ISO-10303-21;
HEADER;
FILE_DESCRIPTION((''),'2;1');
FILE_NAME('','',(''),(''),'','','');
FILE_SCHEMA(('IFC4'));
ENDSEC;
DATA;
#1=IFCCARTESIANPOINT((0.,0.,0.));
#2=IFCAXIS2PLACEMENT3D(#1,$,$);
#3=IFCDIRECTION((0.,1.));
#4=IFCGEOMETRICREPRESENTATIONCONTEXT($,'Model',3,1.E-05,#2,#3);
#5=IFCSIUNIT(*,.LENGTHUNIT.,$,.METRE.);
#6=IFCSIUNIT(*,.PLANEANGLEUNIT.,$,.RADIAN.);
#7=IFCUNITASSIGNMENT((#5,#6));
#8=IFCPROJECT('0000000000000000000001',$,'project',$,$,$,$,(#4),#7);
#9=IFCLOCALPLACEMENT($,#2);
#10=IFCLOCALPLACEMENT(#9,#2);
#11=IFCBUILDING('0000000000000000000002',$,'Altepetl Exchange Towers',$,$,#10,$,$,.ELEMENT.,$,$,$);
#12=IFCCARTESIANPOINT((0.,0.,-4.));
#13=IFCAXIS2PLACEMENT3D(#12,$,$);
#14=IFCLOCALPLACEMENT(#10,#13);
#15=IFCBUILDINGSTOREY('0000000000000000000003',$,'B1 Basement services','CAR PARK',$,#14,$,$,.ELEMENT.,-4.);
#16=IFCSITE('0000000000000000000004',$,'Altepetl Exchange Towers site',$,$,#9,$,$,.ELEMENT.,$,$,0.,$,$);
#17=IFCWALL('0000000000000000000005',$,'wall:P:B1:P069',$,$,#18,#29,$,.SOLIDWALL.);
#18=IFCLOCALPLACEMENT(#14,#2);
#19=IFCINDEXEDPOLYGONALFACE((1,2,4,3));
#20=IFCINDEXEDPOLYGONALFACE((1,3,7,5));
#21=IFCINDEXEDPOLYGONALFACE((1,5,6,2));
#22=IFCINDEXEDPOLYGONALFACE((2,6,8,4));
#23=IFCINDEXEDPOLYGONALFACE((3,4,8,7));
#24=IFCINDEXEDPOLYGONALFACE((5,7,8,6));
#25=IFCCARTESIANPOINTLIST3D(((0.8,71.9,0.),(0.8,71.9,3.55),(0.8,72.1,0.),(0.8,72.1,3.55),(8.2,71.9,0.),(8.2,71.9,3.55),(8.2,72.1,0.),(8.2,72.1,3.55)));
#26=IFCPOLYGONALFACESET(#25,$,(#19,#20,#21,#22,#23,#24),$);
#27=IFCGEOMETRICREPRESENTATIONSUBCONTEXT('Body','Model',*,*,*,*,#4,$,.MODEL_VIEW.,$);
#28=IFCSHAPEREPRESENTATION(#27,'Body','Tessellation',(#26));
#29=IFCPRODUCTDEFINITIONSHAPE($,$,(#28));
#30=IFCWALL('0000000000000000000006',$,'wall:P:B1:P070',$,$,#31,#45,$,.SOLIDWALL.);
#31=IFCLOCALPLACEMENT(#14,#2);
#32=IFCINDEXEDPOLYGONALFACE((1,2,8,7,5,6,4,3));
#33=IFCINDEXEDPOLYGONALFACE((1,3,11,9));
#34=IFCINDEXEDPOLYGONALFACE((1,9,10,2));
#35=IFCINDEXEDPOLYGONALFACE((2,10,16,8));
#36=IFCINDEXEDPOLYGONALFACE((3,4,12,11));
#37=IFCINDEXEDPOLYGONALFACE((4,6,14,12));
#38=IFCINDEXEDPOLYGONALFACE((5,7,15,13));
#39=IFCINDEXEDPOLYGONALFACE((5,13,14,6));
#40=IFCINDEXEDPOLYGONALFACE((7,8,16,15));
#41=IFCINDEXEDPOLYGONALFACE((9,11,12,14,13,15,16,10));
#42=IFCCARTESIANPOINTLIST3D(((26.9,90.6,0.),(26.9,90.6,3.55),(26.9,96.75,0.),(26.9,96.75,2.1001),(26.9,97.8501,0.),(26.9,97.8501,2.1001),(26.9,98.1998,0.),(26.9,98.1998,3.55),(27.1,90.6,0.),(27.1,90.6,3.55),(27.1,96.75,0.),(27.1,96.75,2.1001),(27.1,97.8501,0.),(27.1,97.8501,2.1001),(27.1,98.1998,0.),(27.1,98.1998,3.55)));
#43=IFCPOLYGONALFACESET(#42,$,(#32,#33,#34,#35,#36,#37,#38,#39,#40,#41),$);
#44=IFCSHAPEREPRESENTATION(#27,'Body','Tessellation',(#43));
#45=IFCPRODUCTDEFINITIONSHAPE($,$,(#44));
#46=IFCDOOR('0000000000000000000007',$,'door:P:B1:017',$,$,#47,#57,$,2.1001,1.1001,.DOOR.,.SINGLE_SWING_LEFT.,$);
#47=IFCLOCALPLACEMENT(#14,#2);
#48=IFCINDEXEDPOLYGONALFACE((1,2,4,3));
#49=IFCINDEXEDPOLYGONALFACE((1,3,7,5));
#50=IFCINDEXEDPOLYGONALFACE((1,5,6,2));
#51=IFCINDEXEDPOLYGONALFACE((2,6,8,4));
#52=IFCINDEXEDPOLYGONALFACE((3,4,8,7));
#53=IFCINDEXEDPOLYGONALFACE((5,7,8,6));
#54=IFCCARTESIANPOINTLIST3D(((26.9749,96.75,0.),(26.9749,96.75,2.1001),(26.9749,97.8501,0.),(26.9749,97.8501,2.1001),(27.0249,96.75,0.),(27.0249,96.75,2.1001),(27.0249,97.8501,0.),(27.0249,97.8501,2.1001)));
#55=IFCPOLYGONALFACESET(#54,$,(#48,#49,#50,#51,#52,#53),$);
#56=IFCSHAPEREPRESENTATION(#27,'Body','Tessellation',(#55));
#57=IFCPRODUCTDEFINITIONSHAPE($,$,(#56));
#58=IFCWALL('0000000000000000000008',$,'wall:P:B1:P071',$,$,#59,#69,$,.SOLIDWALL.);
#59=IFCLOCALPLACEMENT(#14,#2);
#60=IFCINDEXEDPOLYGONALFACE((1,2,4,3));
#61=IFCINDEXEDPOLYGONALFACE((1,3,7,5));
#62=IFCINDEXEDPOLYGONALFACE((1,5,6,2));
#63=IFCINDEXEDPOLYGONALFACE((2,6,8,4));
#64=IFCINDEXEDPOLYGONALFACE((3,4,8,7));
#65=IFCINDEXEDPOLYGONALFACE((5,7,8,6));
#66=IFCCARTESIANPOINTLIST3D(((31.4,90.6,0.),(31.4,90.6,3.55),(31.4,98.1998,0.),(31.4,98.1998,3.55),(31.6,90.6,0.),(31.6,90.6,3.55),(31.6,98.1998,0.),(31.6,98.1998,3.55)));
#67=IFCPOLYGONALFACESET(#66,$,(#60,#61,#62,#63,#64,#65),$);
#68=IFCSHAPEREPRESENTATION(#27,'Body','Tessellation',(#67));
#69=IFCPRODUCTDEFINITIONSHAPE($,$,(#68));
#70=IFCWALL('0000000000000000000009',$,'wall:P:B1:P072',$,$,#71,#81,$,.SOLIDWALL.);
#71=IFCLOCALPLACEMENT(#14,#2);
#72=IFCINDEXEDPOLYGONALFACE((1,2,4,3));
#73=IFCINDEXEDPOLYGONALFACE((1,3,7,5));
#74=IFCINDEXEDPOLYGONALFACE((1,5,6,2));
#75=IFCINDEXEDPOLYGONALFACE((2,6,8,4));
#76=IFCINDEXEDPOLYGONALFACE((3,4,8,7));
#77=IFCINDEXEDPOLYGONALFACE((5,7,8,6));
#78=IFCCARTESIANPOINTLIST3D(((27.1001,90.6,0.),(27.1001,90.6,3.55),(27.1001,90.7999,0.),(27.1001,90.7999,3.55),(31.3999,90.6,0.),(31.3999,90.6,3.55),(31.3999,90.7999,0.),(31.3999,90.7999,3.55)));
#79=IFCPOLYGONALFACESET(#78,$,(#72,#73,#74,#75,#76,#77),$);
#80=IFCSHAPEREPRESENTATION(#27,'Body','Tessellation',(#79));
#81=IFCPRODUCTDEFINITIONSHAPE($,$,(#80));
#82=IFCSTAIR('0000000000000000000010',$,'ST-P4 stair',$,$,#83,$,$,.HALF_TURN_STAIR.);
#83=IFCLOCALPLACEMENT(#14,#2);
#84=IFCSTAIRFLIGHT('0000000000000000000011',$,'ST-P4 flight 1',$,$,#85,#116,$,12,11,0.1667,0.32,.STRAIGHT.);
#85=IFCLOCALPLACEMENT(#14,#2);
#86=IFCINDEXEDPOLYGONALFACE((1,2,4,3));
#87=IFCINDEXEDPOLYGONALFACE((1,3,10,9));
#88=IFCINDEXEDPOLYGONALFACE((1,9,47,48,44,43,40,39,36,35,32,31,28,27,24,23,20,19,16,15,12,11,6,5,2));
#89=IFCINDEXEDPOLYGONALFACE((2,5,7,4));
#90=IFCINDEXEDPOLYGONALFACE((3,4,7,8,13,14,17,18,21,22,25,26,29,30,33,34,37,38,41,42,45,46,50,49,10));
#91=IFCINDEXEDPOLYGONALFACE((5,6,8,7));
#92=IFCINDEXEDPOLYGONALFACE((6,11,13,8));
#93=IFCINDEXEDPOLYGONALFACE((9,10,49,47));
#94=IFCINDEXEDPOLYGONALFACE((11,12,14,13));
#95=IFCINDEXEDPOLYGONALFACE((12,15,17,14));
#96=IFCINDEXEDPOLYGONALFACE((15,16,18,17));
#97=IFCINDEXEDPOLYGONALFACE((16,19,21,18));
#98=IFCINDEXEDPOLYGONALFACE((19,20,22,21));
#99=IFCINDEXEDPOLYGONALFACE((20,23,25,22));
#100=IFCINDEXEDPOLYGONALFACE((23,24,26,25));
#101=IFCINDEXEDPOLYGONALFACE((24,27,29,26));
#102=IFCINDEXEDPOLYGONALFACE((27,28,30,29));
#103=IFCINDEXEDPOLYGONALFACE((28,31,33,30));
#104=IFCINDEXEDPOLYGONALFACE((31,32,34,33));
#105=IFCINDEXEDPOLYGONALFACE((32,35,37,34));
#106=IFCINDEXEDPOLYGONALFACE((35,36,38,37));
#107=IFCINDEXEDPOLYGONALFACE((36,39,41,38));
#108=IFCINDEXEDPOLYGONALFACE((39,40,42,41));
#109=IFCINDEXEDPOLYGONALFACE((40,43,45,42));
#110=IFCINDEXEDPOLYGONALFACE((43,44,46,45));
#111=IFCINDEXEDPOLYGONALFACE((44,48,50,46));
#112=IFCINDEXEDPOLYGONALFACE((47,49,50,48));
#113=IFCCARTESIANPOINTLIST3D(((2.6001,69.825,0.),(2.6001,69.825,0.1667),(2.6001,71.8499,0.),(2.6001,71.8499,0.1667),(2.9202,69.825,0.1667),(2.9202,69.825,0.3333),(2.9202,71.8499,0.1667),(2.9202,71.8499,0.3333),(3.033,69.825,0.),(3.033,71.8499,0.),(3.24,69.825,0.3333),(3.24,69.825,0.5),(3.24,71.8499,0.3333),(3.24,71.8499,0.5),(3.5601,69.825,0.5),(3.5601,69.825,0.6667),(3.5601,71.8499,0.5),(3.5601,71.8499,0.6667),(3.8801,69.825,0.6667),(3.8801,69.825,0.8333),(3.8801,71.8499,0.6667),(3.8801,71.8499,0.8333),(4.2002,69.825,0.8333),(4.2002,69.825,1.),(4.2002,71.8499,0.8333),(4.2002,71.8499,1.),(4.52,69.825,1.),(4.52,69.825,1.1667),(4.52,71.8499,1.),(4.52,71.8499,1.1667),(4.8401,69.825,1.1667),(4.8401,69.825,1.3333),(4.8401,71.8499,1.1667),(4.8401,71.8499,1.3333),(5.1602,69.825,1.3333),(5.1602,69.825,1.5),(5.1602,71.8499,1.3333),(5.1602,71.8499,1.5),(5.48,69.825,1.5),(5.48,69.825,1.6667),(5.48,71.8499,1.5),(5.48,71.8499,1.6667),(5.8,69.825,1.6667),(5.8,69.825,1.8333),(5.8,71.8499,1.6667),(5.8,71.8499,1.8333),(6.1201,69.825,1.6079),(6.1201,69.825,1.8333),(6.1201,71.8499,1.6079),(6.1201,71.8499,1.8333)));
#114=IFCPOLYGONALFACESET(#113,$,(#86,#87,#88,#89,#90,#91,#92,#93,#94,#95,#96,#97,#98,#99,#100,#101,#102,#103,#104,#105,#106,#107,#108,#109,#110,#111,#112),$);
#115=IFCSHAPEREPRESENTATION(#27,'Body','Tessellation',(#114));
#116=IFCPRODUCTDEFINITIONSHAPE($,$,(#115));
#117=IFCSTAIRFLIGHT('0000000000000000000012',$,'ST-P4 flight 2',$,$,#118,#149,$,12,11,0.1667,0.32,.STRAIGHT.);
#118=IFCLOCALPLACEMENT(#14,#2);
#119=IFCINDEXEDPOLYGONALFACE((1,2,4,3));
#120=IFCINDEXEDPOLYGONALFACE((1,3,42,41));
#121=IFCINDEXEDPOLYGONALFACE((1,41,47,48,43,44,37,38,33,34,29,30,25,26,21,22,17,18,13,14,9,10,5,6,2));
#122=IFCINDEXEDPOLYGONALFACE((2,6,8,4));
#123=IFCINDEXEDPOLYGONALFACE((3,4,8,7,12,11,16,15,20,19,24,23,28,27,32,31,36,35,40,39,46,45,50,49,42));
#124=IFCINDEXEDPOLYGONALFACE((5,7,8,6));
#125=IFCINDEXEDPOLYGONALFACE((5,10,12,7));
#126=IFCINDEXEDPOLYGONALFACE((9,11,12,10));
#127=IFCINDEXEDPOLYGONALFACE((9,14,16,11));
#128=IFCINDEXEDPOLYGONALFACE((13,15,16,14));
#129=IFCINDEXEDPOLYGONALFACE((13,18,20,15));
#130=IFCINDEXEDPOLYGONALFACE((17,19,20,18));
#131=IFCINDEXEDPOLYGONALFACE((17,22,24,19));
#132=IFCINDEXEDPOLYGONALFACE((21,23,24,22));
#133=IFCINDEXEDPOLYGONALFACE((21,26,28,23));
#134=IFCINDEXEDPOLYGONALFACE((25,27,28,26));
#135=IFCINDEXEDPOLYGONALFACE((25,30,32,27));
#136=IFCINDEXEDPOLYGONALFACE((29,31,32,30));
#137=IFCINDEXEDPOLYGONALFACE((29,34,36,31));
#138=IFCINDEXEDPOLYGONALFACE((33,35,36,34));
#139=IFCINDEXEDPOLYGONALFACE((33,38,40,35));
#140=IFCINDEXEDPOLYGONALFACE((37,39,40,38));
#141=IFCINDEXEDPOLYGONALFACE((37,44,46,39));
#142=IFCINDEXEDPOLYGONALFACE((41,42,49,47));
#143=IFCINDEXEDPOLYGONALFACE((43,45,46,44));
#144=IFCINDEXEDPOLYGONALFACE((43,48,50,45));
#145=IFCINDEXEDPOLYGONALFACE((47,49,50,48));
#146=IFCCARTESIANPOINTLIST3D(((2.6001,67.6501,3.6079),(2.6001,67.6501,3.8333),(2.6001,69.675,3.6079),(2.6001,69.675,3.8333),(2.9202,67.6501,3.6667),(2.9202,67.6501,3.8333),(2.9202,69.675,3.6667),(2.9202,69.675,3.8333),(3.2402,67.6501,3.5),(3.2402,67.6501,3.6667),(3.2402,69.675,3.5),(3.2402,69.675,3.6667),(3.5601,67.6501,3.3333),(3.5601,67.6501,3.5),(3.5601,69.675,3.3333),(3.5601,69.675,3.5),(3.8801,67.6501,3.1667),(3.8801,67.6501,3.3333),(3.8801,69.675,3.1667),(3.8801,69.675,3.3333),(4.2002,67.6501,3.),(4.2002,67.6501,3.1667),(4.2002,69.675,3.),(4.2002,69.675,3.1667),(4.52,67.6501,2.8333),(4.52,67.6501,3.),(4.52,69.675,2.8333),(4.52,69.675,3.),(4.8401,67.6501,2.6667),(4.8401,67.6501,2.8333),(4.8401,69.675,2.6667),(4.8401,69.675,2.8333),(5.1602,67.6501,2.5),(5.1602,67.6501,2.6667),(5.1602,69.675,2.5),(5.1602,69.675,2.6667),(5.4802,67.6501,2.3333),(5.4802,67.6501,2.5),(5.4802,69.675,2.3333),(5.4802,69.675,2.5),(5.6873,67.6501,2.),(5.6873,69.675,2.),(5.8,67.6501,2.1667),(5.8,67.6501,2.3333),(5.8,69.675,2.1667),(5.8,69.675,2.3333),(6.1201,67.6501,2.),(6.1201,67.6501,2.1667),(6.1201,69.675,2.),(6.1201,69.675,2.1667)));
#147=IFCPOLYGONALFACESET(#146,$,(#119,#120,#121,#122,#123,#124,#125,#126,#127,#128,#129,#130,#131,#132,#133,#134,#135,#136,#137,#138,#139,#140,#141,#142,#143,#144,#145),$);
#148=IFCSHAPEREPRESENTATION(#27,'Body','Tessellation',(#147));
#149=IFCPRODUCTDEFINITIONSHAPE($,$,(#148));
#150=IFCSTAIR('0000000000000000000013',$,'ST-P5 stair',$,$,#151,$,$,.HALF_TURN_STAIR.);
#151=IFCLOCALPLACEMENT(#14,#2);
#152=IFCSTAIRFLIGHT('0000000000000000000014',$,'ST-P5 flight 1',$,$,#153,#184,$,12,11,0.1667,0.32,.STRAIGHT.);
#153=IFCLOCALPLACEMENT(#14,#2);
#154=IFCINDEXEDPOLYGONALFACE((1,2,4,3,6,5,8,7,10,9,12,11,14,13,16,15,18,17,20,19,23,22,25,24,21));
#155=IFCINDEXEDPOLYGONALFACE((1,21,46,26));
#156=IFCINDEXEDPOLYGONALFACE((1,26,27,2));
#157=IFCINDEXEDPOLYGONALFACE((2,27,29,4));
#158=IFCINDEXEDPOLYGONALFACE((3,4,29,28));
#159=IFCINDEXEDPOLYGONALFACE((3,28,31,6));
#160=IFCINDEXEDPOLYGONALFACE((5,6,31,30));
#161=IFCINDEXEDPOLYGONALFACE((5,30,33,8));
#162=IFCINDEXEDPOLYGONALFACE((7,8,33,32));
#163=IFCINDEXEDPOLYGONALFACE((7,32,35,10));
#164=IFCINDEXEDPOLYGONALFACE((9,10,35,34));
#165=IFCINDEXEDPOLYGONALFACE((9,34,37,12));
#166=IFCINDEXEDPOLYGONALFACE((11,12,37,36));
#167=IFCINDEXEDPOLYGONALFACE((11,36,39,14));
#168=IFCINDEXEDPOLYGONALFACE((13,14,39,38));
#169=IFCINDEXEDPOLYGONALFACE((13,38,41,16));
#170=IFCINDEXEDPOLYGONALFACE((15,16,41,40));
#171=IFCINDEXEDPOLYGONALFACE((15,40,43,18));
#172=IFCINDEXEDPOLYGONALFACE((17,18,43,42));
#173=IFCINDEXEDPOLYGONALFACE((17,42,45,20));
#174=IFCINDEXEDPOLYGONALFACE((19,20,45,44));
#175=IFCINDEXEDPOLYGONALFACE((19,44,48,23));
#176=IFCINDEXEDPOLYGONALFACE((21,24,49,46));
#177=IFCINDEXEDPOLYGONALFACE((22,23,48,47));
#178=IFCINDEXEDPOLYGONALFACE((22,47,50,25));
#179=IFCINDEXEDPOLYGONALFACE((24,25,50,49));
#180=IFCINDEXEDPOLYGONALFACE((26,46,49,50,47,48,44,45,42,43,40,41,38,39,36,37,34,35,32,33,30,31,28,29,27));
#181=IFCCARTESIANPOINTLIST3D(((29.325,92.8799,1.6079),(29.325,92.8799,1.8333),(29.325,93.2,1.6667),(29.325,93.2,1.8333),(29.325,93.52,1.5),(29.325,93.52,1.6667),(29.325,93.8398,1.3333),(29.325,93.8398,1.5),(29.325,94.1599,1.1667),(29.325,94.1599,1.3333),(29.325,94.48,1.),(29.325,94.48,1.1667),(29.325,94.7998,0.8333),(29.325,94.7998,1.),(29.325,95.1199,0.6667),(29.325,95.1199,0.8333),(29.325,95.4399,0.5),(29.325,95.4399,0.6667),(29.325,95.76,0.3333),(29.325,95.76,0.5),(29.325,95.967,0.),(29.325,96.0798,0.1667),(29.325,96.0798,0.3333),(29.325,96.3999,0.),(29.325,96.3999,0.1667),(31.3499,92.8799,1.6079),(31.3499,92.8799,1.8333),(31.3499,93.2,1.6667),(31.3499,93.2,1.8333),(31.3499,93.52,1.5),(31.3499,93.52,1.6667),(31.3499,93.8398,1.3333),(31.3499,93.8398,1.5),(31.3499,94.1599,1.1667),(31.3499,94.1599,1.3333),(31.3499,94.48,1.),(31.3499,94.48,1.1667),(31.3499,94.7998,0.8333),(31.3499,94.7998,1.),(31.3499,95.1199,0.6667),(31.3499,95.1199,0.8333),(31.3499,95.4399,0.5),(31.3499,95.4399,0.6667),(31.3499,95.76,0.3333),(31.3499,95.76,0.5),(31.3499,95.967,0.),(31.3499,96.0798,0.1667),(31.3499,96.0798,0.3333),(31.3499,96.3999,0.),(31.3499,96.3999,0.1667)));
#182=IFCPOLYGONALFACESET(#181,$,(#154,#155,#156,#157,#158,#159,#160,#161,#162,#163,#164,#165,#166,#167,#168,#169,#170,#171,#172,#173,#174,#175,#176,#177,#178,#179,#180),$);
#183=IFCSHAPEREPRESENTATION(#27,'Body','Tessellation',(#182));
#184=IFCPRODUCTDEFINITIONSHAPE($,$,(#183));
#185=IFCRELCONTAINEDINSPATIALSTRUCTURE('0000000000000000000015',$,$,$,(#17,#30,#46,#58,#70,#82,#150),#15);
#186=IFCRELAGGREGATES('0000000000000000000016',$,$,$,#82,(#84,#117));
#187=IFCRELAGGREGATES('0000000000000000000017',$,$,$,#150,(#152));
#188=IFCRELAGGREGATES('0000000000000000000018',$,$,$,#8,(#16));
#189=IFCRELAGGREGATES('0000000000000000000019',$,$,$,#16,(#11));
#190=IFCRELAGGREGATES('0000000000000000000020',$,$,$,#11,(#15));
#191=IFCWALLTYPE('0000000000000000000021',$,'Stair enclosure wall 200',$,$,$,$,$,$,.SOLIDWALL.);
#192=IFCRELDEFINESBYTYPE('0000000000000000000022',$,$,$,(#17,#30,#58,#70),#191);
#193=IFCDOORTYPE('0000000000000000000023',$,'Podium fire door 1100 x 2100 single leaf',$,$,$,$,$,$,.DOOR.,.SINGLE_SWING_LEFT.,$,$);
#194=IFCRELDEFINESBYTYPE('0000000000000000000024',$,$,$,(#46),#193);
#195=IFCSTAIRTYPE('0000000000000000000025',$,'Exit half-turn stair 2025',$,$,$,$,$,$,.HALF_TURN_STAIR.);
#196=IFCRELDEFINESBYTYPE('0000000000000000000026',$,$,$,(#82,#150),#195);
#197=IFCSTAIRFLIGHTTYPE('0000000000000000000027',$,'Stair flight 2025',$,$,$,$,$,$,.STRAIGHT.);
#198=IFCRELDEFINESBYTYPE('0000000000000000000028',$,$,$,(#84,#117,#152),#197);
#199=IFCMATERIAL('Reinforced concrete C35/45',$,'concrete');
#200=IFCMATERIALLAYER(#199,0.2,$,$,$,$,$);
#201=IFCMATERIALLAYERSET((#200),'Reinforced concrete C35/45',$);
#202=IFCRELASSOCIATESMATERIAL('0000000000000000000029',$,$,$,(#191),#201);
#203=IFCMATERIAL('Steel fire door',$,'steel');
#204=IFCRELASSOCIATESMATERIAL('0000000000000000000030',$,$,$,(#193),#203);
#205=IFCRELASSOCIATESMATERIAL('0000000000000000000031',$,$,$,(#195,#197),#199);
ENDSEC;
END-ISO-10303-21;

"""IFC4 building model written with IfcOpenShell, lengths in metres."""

from ifc_helpers import new_model, si_unit, direction, frame, frame_2d, origin, place, context, subcontext, project, spatial, polyline, rectangle, outline, extrude, material, layer, layer_set, type_object, element, fill, aggregate, save


model = new_model("IFC4")

# Units and contexts
model_context = context("Model", 3, precision=1e-05, world=origin(), true_north=direction((0.0, 1.0)))
body_context = subcontext(model_context, "Body", "Model", "MODEL_VIEW")
ifc_project = project(units=[si_unit("LENGTHUNIT", "METRE"), si_unit("PLANEANGLEUNIT", "RADIAN")], contexts=[model_context])

# Site, building, storey
site_placement = place(None, origin())
site = spatial("IfcSite", under=ifc_project, at=site_placement, Name="Altepetl Exchange Towers site", CompositionType="ELEMENT", RefElevation=0.0)
building_placement = place(site_placement, origin())
building = spatial("IfcBuilding", under=site, at=building_placement, Name="Altepetl Exchange Towers", CompositionType="ELEMENT")
storey_placement = place(building_placement, frame((0.0, 0.0, -4.0)))
storey = spatial("IfcBuildingStorey", under=building, at=storey_placement, Name="B1 Basement services", Description="CAR PARK", CompositionType="ELEMENT", Elevation=-4.0)

# Shared definitions
ifc_material_1 = material(Name="Reinforced concrete C35/45", Category="concrete")

# Shared definitions
ifc_material_2 = material(Name="Steel fire door", Category="steel")

# Wall
ifc_layer_1 = layer(ifc_material_1, 0.2)
ifc_layer_set_1 = layer_set([ifc_layer_1], Name="Reinforced concrete C35/45")
wall_type_1 = type_object("IfcWallType", Name="Stair enclosure wall 200", PredefinedType="SOLIDWALL", material=ifc_layer_set_1)
wall_1_placement = place(storey_placement, frame((0.8, 72.0, 0.0)))
element("IfcWall", 1, at=wall_1_placement, inside=storey, type_object=wall_type_1, Name="wall:P:B1:P069", PredefinedType="SOLIDWALL", context=body_context, shape_type="SweptSolid", body=[
    extrude(rectangle(XDim=7.3999, YDim=0.2, at=frame_2d((3.7, 0.0))), origin(), (0.0, 0.0, 1.0), 3.55),
])

# Wall, opening, door
wall_2_placement = place(storey_placement, frame((27.0, 90.6001, 0.0), z_axis=(0.0, 0.0, 1.0), x_axis=(0.0, 1.0, 0.0)))
wall_2 = element("IfcWall", 2, at=wall_2_placement, inside=storey, type_object=wall_type_1, Name="wall:P:B1:P070", PredefinedType="SOLIDWALL", context=body_context, shape_type="SweptSolid", body=[
    extrude(rectangle(XDim=7.5999, YDim=0.2, at=frame_2d((3.7998, 0.0))), origin(), (0.0, 0.0, 1.0), 3.55),
])
opening_1_placement = place(wall_2_placement, frame((6.1499, 0.0, 0.0)))
opening_1 = element("IfcOpeningElement", 3, at=opening_1_placement, cuts=wall_2, PredefinedType="OPENING", context=body_context, shape_type="SweptSolid", body=[
    extrude(rectangle(XDim=1.1001, YDim=2.1001, at=frame_2d((0.55, 1.05))), frame((0.0, 0.1099, 0.0), z_axis=(0.0, -1.0, 0.0), x_axis=(1.0, 0.0, 0.0)), (0.0, 0.0, 1.0), 0.22),
])
door_type_1 = type_object("IfcDoorType", Name="Podium fire door 1100 x 2100 single leaf", OperationType="SINGLE_SWING_LEFT", PredefinedType="DOOR", material=ifc_material_2)
door_1_placement = place(opening_1_placement, frame((1.1001, 0.0, 0.0), x_axis=(-1.0, 0.0, 0.0)))
door_1 = element("IfcDoor", 4, at=door_1_placement, inside=storey, type_object=door_type_1, Name="door:P:B1:017", OperationType="SINGLE_SWING_LEFT", OverallHeight=2.1001, OverallWidth=1.1001, PredefinedType="DOOR", context=body_context, shape_type="SweptSolid", body=[
    extrude(rectangle(XDim=1.1001, YDim=2.1001, at=frame_2d((0.55, 1.05))), frame((0.0, 0.0249, 0.0), z_axis=(0.0, -1.0, 0.0), x_axis=(1.0, 0.0, 0.0)), (0.0, 0.0, 1.0), 0.05),
])
fill(opening_1, door_1)

# Walls
wall_3_placement = place(storey_placement, frame((31.5, 90.6001, 0.0), z_axis=(0.0, 0.0, 1.0), x_axis=(0.0, 1.0, 0.0)))
element("IfcWall", 5, at=wall_3_placement, inside=storey, type_object=wall_type_1, Name="wall:P:B1:P071", PredefinedType="SOLIDWALL", context=body_context, shape_type="SweptSolid", body=[
    extrude(rectangle(XDim=7.5999, YDim=0.2, at=frame_2d((3.7998, 0.0))), origin(), (0.0, 0.0, 1.0), 3.55),
])
wall_4_placement = place(storey_placement, frame((27.1001, 90.7, 0.0)))
element("IfcWall", 6, at=wall_4_placement, inside=storey, type_object=wall_type_1, Name="wall:P:B1:P072", PredefinedType="SOLIDWALL", context=body_context, shape_type="SweptSolid", body=[
    extrude(rectangle(XDim=4.2998, YDim=0.2, at=frame_2d((2.1499, 0.0))), origin(), (0.0, 0.0, 1.0), 3.55),
])

# Stairs, stair flights
stair_type = type_object("IfcStairType", Name="Exit half-turn stair 2025", PredefinedType="HALF_TURN_STAIR", material=ifc_material_1)
stair_1_placement = place(storey_placement, origin())
stair_1 = element("IfcStair", 7, at=stair_1_placement, inside=storey, type_object=stair_type, Name="ST-P4 stair", PredefinedType="HALF_TURN_STAIR")
stair_flight_type = type_object("IfcStairFlightType", Name="Stair flight 2025", PredefinedType="STRAIGHT", material=ifc_material_1)
stair_flight_1_placement = place(storey_placement, frame((2.6001, 70.8374, 0.0)))
stair_flight_1 = element("IfcStairFlight", 8, at=stair_flight_1_placement, type_object=stair_flight_type, Name="ST-P4 flight 1", NumberOfRisers=12, NumberOfTreads=11, PredefinedType="STRAIGHT", RiserHeight=0.1667, TreadLength=0.32, context=body_context, shape_type="SweptSolid", body=[
    extrude(outline(polyline([(0.0, 0.0), (0.0, 0.1667), (0.3201, 0.1667), (0.3201, 0.3333), (0.6399, 0.3333), (0.6399, 0.5), (0.96, 0.5), (0.96, 0.6667), (1.28, 0.6667), (1.28, 0.8333), (1.6001, 0.8333), (1.6001, 1.0), (1.9199, 1.0), (1.9199, 1.1667), (2.24, 1.1667), (2.24, 1.3333), (2.5601, 1.3333), (2.5601, 1.5), (2.8799, 1.5), (2.8799, 1.6667), (3.2, 1.6667), (3.2, 1.8333), (3.52, 1.8333), (3.52, 2.0), (3.52, 1.6079), (0.4329, 0.0), (0.0, 0.0)])), frame((0.0, 1.0125, 0.0), z_axis=(0.0, -1.0, 0.0), x_axis=(1.0, 0.0, 0.0)), (0.0, 0.0, 1.0), 2.0249),
])
stair_flight_2_placement = place(storey_placement, frame((6.1201, 68.6626, 2.0), z_axis=(0.0, 0.0, 1.0), x_axis=(-1.0, 0.0, 0.0)))
stair_flight_2 = element("IfcStairFlight", 9, at=stair_flight_2_placement, type_object=stair_flight_type, Name="ST-P4 flight 2", NumberOfRisers=12, NumberOfTreads=11, PredefinedType="STRAIGHT", RiserHeight=0.1667, TreadLength=0.32, context=body_context, shape_type="SweptSolid", body=[
    extrude(outline(polyline([(0.0, 0.0), (0.0, 0.1667), (0.3201, 0.1667), (0.3201, 0.3333), (0.6399, 0.3333), (0.6399, 0.5), (0.96, 0.5), (0.96, 0.6667), (1.28, 0.6667), (1.28, 0.8333), (1.6001, 0.8333), (1.6001, 1.0), (1.9199, 1.0), (1.9199, 1.1667), (2.24, 1.1667), (2.24, 1.3333), (2.5601, 1.3333), (2.5601, 1.5), (2.8799, 1.5), (2.8799, 1.6667), (3.2, 1.6667), (3.2, 1.8333), (3.52, 1.8333), (3.52, 2.0), (3.52, 1.6079), (0.4329, 0.0), (0.0, 0.0)])), frame((0.0, 1.0125, 0.0), z_axis=(0.0, -1.0, 0.0), x_axis=(1.0, 0.0, 0.0)), (0.0, 0.0, 1.0), 2.0249),
])
aggregate(stair_1, [stair_flight_1, stair_flight_2])
stair_2_placement = place(storey_placement, origin())
stair_2 = element("IfcStair", 10, at=stair_2_placement, inside=storey, type_object=stair_type, Name="ST-P5 stair", PredefinedType="HALF_TURN_STAIR")
stair_flight_3_placement = place(storey_placement, frame((30.3374, 96.3999, 0.0), z_axis=(0.0, 0.0, 1.0), x_axis=(0.0, -1.0, 0.0)))
stair_flight_3 = element("IfcStairFlight", 11, at=stair_flight_3_placement, type_object=stair_flight_type, Name="ST-P5 flight 1", NumberOfRisers=12, NumberOfTreads=11, PredefinedType="STRAIGHT", RiserHeight=0.1667, TreadLength=0.32, context=body_context, shape_type="SweptSolid", body=[
    extrude(outline(polyline([(0.0, 0.0), (0.0, 0.1667), (0.3201, 0.1667), (0.3201, 0.3333), (0.6399, 0.3333), (0.6399, 0.5), (0.96, 0.5), (0.96, 0.6667), (1.28, 0.6667), (1.28, 0.8333), (1.6001, 0.8333), (1.6001, 1.0), (1.9199, 1.0), (1.9199, 1.1667), (2.24, 1.1667), (2.24, 1.3333), (2.5601, 1.3333), (2.5601, 1.5), (2.8799, 1.5), (2.8799, 1.6667), (3.2, 1.6667), (3.2, 1.8333), (3.52, 1.8333), (3.52, 2.0), (3.52, 1.6079), (0.4329, 0.0), (0.0, 0.0)])), frame((0.0, 1.0125, 0.0), z_axis=(0.0, -1.0, 0.0), x_axis=(1.0, 0.0, 0.0)), (0.0, 0.0, 1.0), 2.0249),
])
aggregate(stair_2, [stair_flight_3])

save(model, "model.ifc")
